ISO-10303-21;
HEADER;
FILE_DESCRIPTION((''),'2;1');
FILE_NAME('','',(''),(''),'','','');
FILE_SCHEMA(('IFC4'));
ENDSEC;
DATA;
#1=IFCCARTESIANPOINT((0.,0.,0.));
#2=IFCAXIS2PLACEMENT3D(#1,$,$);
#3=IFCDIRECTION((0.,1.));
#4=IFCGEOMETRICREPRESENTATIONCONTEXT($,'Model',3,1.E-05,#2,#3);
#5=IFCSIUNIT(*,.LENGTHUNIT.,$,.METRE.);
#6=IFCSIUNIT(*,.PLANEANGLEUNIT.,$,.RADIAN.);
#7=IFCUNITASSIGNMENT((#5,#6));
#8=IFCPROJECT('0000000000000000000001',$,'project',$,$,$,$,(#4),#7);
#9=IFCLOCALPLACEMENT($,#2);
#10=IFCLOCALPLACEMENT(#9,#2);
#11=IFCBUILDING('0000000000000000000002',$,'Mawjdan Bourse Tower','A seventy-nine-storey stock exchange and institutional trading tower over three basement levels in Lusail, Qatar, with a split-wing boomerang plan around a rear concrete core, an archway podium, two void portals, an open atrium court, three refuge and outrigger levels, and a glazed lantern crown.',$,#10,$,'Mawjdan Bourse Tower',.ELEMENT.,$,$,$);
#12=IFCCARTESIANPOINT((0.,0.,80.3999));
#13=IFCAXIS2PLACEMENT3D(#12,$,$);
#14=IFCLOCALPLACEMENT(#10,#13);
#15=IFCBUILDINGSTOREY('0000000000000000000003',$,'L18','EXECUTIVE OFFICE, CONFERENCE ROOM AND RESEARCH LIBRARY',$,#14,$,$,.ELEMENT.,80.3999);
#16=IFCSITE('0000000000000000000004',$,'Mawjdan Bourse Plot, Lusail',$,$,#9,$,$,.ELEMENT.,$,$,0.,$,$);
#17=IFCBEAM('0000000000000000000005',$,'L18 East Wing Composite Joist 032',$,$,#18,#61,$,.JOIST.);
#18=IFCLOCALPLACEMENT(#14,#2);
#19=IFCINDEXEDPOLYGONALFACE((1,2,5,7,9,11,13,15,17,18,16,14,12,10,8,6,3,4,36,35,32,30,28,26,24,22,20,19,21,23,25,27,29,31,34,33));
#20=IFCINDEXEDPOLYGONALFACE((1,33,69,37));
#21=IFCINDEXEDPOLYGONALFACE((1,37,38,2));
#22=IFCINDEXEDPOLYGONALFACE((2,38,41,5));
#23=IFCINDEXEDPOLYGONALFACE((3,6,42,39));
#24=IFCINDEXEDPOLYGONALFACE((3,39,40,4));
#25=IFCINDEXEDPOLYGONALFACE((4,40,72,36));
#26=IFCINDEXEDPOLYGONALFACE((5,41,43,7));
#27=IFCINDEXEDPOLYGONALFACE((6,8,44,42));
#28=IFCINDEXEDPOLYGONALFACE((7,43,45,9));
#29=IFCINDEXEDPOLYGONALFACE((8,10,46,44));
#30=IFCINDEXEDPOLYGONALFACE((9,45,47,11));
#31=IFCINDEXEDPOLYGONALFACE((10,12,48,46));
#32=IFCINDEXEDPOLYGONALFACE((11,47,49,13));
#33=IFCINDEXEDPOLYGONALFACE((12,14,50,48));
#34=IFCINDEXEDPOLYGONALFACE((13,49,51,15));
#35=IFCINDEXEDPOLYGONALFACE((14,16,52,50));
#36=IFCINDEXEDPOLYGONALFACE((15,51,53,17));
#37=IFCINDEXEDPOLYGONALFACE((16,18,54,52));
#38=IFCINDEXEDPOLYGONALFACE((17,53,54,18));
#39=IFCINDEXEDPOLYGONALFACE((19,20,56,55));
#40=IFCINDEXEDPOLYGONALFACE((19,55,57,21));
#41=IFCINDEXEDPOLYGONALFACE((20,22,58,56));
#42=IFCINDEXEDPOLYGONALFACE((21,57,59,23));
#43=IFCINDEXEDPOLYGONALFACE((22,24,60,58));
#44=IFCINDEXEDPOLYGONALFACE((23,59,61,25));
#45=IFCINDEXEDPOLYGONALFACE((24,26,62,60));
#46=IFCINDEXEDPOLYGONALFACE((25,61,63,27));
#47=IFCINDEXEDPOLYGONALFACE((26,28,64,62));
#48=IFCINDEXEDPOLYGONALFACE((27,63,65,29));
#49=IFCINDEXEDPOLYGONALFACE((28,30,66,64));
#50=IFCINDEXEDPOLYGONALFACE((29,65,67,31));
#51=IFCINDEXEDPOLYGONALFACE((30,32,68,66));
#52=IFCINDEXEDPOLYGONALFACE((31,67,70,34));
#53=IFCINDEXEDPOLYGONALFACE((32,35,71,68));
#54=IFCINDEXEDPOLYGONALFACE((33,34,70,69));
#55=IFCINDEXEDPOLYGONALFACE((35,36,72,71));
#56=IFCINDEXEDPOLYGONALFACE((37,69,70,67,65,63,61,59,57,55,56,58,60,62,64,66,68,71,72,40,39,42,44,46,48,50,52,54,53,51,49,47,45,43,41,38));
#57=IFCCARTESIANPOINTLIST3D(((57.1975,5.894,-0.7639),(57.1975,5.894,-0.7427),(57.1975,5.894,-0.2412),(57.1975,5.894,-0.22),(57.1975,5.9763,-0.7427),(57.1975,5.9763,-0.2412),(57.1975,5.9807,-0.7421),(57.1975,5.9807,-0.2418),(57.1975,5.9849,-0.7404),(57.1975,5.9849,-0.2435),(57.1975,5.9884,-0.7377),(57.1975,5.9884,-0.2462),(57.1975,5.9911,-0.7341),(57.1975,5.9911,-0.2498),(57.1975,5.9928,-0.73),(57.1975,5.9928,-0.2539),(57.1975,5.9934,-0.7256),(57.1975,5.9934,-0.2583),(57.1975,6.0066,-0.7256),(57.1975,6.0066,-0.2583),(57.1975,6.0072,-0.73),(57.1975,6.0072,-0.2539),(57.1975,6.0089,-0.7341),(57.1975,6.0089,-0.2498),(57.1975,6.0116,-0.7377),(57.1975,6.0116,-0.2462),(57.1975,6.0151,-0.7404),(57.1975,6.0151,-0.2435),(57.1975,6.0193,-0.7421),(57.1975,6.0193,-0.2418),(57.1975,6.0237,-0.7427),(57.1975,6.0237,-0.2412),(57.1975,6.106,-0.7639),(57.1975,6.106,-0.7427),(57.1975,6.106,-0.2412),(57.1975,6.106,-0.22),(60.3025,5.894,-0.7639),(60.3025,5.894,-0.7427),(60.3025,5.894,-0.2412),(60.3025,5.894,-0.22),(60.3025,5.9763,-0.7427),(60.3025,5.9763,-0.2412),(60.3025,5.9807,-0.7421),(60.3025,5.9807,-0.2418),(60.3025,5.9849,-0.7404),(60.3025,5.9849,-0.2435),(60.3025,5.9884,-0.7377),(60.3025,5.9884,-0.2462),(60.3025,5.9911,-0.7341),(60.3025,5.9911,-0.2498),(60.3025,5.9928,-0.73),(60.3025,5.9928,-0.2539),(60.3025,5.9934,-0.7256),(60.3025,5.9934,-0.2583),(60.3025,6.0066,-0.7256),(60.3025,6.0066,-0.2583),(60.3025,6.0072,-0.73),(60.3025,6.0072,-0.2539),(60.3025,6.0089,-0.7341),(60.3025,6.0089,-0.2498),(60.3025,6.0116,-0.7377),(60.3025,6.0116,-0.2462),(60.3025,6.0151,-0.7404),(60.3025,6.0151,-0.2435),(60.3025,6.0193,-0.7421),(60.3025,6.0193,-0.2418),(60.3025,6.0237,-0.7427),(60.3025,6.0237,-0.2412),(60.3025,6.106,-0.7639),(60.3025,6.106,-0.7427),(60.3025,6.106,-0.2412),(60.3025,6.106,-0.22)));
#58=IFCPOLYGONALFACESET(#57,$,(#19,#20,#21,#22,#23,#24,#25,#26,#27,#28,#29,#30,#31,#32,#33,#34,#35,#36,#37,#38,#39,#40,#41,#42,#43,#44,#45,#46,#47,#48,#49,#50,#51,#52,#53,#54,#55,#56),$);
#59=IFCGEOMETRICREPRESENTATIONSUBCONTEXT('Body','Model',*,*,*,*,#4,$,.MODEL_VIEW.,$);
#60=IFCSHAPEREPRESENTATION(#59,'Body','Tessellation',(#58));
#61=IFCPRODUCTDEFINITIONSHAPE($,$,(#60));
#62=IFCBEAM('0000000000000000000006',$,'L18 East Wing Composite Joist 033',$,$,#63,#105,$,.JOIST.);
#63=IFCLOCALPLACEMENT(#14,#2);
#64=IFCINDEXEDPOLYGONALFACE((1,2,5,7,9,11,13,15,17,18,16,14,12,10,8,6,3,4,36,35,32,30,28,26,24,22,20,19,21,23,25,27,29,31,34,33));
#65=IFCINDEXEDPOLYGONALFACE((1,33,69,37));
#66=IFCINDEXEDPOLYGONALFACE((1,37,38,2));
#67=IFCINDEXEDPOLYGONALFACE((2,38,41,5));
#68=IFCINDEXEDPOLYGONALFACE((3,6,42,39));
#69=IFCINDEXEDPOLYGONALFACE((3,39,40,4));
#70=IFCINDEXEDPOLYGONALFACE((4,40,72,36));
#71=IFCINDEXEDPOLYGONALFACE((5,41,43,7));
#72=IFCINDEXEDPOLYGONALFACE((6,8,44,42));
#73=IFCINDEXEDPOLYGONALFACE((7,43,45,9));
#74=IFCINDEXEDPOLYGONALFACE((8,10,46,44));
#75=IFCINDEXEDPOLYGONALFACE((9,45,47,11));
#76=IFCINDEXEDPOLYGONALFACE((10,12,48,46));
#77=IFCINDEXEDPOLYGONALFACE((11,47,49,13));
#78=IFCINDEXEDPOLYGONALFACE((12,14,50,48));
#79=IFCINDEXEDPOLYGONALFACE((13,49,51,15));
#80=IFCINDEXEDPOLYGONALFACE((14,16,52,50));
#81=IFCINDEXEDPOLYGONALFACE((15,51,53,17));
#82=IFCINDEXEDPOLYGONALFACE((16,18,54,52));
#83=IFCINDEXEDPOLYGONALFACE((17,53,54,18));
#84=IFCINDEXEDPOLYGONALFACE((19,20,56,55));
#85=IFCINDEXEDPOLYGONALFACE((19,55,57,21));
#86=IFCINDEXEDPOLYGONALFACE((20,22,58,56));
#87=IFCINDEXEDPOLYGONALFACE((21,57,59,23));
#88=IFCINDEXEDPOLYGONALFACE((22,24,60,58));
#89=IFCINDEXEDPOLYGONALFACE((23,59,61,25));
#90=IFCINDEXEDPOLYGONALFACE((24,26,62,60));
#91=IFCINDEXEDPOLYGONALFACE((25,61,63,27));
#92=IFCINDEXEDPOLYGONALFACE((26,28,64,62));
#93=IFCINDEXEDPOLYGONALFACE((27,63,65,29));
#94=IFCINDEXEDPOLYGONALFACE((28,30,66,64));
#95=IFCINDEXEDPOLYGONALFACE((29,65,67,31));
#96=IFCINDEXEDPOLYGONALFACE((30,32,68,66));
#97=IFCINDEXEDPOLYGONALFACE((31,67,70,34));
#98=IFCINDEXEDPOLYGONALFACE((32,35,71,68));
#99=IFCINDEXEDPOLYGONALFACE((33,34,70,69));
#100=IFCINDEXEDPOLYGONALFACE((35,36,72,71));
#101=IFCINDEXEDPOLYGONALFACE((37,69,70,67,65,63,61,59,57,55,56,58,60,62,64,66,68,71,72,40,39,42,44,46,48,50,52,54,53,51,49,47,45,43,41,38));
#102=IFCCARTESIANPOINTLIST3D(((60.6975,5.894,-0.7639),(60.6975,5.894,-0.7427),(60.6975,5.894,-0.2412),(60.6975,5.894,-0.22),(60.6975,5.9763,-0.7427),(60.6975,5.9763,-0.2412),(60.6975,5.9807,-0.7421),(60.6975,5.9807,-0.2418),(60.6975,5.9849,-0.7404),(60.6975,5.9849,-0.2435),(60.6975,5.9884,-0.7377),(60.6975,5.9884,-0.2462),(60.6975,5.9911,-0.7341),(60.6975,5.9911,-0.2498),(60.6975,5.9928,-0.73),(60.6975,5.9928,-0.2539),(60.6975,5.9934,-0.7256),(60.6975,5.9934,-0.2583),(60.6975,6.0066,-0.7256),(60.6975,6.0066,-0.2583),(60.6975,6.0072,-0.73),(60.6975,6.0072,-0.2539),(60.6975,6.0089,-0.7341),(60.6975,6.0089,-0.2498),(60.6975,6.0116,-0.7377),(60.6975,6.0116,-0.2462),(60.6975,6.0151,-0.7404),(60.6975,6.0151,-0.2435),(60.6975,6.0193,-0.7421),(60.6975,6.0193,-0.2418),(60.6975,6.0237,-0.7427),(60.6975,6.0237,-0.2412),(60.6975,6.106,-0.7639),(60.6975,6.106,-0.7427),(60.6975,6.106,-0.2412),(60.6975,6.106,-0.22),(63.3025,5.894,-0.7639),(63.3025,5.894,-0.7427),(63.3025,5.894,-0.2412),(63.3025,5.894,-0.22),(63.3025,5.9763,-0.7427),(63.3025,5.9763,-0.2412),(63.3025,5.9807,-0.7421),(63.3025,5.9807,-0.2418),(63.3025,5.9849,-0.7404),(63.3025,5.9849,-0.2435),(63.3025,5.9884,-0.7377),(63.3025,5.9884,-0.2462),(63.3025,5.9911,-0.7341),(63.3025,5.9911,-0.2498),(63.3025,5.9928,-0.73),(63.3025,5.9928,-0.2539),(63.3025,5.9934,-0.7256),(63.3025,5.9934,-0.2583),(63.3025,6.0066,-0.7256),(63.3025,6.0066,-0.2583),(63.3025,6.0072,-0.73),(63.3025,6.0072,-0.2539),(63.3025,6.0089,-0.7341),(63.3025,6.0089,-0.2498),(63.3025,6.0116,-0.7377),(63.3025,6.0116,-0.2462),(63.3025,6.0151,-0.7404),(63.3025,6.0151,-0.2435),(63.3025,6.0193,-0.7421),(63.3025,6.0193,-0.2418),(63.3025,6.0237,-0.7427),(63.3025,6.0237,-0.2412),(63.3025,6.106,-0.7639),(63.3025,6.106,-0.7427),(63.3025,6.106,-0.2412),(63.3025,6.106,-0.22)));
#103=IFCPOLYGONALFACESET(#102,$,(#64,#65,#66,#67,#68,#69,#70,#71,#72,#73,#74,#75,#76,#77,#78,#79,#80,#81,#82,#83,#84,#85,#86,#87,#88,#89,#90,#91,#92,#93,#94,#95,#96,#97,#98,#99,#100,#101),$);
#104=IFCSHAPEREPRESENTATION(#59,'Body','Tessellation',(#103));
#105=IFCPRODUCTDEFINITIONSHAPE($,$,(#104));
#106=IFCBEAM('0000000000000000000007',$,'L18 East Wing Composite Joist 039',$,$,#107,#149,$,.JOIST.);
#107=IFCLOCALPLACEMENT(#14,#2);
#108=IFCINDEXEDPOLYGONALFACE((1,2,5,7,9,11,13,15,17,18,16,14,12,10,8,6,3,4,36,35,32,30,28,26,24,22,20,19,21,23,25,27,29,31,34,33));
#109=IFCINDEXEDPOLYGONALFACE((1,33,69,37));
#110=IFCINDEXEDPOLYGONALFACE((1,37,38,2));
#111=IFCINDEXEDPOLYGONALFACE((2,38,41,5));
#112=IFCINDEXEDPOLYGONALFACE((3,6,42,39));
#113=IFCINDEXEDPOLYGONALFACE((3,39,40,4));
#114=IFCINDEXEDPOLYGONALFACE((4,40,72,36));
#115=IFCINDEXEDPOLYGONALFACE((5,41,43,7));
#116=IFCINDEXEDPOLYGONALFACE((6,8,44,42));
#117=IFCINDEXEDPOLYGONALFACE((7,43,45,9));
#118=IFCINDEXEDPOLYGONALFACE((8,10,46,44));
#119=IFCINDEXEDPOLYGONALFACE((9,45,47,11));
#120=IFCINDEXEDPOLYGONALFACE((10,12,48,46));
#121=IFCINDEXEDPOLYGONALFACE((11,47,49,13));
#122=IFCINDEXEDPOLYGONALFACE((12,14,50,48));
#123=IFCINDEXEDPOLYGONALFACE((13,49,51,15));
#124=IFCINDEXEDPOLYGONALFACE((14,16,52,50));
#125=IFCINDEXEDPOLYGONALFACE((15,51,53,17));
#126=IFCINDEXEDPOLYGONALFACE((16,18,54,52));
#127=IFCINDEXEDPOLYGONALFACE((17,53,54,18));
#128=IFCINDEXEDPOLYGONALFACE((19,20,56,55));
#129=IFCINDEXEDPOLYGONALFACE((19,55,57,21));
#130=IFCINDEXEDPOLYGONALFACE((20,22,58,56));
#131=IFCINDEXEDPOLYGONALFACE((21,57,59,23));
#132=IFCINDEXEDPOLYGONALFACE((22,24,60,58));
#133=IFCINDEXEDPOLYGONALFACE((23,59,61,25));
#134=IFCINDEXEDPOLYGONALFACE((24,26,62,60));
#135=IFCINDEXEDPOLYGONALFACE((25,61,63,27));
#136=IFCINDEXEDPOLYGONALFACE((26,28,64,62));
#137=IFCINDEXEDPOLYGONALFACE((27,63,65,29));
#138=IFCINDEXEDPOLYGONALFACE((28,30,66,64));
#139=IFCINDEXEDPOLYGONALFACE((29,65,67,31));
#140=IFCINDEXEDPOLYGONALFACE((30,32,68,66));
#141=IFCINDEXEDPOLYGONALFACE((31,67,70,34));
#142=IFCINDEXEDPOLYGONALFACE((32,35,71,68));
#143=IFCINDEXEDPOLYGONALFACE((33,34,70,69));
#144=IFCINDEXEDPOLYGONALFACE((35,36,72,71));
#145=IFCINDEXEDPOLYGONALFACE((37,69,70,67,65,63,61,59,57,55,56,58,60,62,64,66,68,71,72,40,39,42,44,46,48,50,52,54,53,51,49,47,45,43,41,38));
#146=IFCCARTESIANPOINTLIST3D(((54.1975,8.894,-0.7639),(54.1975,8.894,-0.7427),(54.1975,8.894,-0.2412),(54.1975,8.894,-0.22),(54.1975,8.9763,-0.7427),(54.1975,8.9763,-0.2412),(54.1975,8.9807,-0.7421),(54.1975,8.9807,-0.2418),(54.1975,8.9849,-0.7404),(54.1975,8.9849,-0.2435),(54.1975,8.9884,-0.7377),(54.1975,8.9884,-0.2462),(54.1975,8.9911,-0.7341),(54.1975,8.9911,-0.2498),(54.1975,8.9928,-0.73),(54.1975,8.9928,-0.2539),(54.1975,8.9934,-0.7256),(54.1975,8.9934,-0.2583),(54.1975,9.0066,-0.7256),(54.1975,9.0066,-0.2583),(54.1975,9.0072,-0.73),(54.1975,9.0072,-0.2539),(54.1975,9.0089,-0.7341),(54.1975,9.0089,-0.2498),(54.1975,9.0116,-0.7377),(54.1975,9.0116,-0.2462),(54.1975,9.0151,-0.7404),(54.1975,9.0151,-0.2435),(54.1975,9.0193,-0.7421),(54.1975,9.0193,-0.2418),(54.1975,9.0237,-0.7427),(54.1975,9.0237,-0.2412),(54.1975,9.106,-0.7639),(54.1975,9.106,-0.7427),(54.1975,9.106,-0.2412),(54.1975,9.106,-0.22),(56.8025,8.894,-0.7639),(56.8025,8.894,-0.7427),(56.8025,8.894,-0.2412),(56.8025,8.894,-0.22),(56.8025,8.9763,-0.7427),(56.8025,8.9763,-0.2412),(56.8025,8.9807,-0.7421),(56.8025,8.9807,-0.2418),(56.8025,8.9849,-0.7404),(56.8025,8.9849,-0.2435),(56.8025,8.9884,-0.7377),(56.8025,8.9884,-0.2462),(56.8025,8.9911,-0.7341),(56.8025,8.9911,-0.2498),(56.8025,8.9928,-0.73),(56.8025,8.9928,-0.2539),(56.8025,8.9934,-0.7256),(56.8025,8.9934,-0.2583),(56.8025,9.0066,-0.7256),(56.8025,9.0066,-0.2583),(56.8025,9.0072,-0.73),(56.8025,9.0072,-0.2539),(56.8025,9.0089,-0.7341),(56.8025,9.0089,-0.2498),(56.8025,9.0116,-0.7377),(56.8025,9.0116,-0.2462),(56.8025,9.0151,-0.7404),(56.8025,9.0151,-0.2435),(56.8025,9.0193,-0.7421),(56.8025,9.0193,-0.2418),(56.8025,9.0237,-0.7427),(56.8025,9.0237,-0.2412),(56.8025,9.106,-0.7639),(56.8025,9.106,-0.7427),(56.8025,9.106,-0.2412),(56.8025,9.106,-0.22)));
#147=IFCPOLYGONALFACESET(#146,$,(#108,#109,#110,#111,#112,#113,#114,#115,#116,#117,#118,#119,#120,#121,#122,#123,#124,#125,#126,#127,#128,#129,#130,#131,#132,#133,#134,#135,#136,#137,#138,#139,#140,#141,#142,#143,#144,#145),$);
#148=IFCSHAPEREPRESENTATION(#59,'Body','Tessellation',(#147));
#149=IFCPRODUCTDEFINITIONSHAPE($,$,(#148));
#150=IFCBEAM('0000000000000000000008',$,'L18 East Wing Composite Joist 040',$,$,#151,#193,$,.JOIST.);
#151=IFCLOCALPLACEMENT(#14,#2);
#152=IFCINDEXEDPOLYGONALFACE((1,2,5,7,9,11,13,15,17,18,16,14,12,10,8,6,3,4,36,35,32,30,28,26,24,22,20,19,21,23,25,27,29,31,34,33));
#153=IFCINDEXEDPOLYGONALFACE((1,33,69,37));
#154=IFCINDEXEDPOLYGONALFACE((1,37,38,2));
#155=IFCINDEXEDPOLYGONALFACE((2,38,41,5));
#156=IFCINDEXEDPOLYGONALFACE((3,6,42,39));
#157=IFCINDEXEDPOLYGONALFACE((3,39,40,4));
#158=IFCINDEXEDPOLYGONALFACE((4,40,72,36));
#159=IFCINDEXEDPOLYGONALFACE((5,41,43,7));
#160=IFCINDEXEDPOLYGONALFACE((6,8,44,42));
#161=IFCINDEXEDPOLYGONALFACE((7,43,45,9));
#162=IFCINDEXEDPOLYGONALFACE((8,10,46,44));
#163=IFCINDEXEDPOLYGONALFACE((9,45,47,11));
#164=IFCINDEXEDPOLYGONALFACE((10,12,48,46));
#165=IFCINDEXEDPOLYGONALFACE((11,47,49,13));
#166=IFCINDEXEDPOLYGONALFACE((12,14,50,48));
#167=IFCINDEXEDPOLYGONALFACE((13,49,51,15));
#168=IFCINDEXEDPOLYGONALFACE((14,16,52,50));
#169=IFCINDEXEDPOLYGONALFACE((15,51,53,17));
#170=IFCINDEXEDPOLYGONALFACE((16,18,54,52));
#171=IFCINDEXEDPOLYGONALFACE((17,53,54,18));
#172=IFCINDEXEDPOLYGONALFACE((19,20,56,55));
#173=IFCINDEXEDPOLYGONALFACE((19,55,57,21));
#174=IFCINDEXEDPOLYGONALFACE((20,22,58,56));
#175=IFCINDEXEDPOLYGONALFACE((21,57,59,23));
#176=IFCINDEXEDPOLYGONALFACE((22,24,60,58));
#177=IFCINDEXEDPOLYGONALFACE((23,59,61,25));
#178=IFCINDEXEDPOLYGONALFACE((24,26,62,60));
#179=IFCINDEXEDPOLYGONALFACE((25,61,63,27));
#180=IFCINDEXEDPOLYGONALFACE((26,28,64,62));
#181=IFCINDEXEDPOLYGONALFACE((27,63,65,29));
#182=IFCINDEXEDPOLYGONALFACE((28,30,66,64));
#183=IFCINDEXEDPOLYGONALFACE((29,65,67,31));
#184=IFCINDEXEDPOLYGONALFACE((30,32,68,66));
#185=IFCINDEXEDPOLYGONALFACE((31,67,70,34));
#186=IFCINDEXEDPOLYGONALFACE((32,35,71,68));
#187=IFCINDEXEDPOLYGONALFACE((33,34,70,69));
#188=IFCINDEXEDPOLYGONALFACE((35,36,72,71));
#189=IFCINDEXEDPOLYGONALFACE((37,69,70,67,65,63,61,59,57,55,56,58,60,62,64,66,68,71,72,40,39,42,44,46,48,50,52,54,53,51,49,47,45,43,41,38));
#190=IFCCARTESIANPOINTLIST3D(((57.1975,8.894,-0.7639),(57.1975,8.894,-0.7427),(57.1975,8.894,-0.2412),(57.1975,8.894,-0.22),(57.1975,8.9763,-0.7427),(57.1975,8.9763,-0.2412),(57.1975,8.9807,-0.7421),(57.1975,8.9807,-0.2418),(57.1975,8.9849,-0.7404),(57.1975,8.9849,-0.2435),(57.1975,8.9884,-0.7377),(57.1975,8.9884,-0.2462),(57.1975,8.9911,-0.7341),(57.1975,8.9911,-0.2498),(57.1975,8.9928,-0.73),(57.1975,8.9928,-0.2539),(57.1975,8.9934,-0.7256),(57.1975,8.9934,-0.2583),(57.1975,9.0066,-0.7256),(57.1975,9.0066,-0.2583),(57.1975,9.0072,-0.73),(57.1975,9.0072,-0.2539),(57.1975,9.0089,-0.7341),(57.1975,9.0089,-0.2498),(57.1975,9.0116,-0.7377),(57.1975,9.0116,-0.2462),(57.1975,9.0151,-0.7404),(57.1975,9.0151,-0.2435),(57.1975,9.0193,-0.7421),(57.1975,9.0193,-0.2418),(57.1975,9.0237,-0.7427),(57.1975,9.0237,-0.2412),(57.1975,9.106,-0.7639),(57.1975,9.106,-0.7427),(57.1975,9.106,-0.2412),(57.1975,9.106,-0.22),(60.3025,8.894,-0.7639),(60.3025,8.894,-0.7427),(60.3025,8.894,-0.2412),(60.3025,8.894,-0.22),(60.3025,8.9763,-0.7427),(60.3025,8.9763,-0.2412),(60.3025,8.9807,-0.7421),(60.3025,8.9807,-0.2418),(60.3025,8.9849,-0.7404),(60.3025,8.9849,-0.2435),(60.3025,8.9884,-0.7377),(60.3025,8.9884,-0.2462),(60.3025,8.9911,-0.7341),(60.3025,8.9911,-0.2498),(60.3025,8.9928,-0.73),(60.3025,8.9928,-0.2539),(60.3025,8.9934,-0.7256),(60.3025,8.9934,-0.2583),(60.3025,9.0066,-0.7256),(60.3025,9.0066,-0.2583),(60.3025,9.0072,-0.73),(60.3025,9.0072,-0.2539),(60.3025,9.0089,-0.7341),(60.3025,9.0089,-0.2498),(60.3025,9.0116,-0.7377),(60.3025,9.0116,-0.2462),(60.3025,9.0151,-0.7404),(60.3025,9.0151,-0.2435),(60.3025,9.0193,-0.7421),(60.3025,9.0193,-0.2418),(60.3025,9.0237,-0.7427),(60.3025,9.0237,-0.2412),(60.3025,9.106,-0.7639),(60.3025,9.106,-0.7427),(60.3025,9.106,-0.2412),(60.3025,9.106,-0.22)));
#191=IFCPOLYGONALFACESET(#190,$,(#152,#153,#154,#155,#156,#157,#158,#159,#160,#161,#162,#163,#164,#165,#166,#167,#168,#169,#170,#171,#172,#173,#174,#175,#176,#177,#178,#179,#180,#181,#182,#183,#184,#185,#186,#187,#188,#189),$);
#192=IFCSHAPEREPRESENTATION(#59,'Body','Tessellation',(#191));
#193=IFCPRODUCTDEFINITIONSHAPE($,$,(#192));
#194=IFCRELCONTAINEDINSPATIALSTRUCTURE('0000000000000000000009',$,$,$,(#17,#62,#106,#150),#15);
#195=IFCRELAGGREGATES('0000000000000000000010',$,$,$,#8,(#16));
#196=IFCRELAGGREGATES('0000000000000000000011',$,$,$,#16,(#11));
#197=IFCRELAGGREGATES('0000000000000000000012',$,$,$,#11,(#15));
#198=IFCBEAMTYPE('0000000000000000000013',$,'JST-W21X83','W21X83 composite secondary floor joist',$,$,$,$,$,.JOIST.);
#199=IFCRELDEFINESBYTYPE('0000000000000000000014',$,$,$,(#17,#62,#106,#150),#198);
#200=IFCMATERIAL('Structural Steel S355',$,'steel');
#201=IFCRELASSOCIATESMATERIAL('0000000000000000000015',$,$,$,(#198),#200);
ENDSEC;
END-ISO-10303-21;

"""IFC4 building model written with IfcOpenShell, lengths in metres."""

from ifc_helpers import new_model, si_unit, direction, frame, origin, origin_2d, place, context, subcontext, project, spatial, i_section, extrude, material, material_profile, profile_set, type_object, element, save


model = new_model("IFC4")

# Units and contexts
model_context = context("Model", 3, precision=1e-05, world=origin(), true_north=direction((0.0, 1.0)))
body_context = subcontext(model_context, "Body", "Model", "MODEL_VIEW")
ifc_project = project(units=[si_unit("LENGTHUNIT", "METRE"), si_unit("PLANEANGLEUNIT", "RADIAN")], contexts=[model_context])

# Site, building, storey
site_placement = place(None, origin())
site = spatial("IfcSite", under=ifc_project, at=site_placement, Name="Mawjdan Bourse Plot, Lusail", CompositionType="ELEMENT", RefElevation=0.0)
building_placement = place(site_placement, origin())
building = spatial("IfcBuilding", under=site, at=building_placement, Name="Mawjdan Bourse Tower", Description="A seventy-nine-storey stock exchange and institutional trading tower over three basement levels in Lusail, Qatar, with a split-wing boomerang plan around a rear concrete core, an archway podium, two void portals, an open atrium court, three refuge and outrigger levels, and a glazed lantern crown.", LongName="Mawjdan Bourse Tower", CompositionType="ELEMENT")
storey_placement = place(building_placement, frame((0.0, 0.0, 80.3999)))
storey = spatial("IfcBuildingStorey", under=building, at=storey_placement, Name="L18", Description="EXECUTIVE OFFICE, CONFERENCE ROOM AND RESEARCH LIBRARY", CompositionType="ELEMENT", Elevation=80.3999)

# Beams
ifc_material_1 = material(Name="Structural Steel S355", Category="steel")
ifc_material_profile_1 = material_profile(ifc_material_1, i_section(OverallWidth=0.2119, OverallDepth=0.5439, WebThickness=0.0132, FlangeThickness=0.0212, FilletRadius=0.0171, at=origin_2d()), Name="W21X83")
ifc_profile_set_1 = profile_set([ifc_material_profile_1], Name="Structural Steel S355")
beam_type_1 = type_object("IfcBeamType", Name="JST-W21X83", Description="W21X83 composite secondary floor joist", PredefinedType="JOIST", material=ifc_profile_set_1)
beam_1_placement = place(storey_placement, frame((57.1975, 6.0, -0.4919), z_axis=(1.0, 0.0, 0.0), x_axis=(0.0, 1.0, 0.0)))
element("IfcBeam", 1, at=beam_1_placement, inside=storey, type_object=beam_type_1, Name="L18 East Wing Composite Joist 032", PredefinedType="JOIST", context=body_context, shape_type="SweptSolid", body=[
    extrude(i_section(OverallWidth=0.2119, OverallDepth=0.5439, WebThickness=0.0132, FlangeThickness=0.0212, FilletRadius=0.0171, at=origin_2d()), origin(), (0.0, 0.0, 1.0), 3.105),
])
for number, where, z_axis, x_axis, name in (
    (2, (60.6975, 6.0, -0.4919), (1.0, 0.0, 0.0), (0.0, 1.0, 0.0), "L18 East Wing Composite Joist 033"),
    (3, (54.1975, 9.0, -0.4919), (1.0, 0.0, 0.0), (0.0, 1.0, 0.0), "L18 East Wing Composite Joist 039"),
):
    element("IfcBeam", number, at=place(storey_placement, frame(where, z_axis=z_axis, x_axis=x_axis)), inside=storey, type_object=beam_type_1, Name=name, PredefinedType="JOIST", context=body_context, shape_type="SweptSolid", body=[
        extrude(i_section(OverallWidth=0.2119, OverallDepth=0.5439, WebThickness=0.0132, FlangeThickness=0.0212, FilletRadius=0.0171, at=origin_2d()), origin(), (0.0, 0.0, 1.0), 2.605),
    ])
beam_2_placement = place(storey_placement, frame((57.1975, 9.0, -0.4919), z_axis=(1.0, 0.0, 0.0), x_axis=(0.0, 1.0, 0.0)))
element("IfcBeam", 4, at=beam_2_placement, inside=storey, type_object=beam_type_1, Name="L18 East Wing Composite Joist 040", PredefinedType="JOIST", context=body_context, shape_type="SweptSolid", body=[
    extrude(i_section(OverallWidth=0.2119, OverallDepth=0.5439, WebThickness=0.0132, FlangeThickness=0.0212, FilletRadius=0.0171, at=origin_2d()), origin(), (0.0, 0.0, 1.0), 3.105),
])

save(model, "model.ifc")
